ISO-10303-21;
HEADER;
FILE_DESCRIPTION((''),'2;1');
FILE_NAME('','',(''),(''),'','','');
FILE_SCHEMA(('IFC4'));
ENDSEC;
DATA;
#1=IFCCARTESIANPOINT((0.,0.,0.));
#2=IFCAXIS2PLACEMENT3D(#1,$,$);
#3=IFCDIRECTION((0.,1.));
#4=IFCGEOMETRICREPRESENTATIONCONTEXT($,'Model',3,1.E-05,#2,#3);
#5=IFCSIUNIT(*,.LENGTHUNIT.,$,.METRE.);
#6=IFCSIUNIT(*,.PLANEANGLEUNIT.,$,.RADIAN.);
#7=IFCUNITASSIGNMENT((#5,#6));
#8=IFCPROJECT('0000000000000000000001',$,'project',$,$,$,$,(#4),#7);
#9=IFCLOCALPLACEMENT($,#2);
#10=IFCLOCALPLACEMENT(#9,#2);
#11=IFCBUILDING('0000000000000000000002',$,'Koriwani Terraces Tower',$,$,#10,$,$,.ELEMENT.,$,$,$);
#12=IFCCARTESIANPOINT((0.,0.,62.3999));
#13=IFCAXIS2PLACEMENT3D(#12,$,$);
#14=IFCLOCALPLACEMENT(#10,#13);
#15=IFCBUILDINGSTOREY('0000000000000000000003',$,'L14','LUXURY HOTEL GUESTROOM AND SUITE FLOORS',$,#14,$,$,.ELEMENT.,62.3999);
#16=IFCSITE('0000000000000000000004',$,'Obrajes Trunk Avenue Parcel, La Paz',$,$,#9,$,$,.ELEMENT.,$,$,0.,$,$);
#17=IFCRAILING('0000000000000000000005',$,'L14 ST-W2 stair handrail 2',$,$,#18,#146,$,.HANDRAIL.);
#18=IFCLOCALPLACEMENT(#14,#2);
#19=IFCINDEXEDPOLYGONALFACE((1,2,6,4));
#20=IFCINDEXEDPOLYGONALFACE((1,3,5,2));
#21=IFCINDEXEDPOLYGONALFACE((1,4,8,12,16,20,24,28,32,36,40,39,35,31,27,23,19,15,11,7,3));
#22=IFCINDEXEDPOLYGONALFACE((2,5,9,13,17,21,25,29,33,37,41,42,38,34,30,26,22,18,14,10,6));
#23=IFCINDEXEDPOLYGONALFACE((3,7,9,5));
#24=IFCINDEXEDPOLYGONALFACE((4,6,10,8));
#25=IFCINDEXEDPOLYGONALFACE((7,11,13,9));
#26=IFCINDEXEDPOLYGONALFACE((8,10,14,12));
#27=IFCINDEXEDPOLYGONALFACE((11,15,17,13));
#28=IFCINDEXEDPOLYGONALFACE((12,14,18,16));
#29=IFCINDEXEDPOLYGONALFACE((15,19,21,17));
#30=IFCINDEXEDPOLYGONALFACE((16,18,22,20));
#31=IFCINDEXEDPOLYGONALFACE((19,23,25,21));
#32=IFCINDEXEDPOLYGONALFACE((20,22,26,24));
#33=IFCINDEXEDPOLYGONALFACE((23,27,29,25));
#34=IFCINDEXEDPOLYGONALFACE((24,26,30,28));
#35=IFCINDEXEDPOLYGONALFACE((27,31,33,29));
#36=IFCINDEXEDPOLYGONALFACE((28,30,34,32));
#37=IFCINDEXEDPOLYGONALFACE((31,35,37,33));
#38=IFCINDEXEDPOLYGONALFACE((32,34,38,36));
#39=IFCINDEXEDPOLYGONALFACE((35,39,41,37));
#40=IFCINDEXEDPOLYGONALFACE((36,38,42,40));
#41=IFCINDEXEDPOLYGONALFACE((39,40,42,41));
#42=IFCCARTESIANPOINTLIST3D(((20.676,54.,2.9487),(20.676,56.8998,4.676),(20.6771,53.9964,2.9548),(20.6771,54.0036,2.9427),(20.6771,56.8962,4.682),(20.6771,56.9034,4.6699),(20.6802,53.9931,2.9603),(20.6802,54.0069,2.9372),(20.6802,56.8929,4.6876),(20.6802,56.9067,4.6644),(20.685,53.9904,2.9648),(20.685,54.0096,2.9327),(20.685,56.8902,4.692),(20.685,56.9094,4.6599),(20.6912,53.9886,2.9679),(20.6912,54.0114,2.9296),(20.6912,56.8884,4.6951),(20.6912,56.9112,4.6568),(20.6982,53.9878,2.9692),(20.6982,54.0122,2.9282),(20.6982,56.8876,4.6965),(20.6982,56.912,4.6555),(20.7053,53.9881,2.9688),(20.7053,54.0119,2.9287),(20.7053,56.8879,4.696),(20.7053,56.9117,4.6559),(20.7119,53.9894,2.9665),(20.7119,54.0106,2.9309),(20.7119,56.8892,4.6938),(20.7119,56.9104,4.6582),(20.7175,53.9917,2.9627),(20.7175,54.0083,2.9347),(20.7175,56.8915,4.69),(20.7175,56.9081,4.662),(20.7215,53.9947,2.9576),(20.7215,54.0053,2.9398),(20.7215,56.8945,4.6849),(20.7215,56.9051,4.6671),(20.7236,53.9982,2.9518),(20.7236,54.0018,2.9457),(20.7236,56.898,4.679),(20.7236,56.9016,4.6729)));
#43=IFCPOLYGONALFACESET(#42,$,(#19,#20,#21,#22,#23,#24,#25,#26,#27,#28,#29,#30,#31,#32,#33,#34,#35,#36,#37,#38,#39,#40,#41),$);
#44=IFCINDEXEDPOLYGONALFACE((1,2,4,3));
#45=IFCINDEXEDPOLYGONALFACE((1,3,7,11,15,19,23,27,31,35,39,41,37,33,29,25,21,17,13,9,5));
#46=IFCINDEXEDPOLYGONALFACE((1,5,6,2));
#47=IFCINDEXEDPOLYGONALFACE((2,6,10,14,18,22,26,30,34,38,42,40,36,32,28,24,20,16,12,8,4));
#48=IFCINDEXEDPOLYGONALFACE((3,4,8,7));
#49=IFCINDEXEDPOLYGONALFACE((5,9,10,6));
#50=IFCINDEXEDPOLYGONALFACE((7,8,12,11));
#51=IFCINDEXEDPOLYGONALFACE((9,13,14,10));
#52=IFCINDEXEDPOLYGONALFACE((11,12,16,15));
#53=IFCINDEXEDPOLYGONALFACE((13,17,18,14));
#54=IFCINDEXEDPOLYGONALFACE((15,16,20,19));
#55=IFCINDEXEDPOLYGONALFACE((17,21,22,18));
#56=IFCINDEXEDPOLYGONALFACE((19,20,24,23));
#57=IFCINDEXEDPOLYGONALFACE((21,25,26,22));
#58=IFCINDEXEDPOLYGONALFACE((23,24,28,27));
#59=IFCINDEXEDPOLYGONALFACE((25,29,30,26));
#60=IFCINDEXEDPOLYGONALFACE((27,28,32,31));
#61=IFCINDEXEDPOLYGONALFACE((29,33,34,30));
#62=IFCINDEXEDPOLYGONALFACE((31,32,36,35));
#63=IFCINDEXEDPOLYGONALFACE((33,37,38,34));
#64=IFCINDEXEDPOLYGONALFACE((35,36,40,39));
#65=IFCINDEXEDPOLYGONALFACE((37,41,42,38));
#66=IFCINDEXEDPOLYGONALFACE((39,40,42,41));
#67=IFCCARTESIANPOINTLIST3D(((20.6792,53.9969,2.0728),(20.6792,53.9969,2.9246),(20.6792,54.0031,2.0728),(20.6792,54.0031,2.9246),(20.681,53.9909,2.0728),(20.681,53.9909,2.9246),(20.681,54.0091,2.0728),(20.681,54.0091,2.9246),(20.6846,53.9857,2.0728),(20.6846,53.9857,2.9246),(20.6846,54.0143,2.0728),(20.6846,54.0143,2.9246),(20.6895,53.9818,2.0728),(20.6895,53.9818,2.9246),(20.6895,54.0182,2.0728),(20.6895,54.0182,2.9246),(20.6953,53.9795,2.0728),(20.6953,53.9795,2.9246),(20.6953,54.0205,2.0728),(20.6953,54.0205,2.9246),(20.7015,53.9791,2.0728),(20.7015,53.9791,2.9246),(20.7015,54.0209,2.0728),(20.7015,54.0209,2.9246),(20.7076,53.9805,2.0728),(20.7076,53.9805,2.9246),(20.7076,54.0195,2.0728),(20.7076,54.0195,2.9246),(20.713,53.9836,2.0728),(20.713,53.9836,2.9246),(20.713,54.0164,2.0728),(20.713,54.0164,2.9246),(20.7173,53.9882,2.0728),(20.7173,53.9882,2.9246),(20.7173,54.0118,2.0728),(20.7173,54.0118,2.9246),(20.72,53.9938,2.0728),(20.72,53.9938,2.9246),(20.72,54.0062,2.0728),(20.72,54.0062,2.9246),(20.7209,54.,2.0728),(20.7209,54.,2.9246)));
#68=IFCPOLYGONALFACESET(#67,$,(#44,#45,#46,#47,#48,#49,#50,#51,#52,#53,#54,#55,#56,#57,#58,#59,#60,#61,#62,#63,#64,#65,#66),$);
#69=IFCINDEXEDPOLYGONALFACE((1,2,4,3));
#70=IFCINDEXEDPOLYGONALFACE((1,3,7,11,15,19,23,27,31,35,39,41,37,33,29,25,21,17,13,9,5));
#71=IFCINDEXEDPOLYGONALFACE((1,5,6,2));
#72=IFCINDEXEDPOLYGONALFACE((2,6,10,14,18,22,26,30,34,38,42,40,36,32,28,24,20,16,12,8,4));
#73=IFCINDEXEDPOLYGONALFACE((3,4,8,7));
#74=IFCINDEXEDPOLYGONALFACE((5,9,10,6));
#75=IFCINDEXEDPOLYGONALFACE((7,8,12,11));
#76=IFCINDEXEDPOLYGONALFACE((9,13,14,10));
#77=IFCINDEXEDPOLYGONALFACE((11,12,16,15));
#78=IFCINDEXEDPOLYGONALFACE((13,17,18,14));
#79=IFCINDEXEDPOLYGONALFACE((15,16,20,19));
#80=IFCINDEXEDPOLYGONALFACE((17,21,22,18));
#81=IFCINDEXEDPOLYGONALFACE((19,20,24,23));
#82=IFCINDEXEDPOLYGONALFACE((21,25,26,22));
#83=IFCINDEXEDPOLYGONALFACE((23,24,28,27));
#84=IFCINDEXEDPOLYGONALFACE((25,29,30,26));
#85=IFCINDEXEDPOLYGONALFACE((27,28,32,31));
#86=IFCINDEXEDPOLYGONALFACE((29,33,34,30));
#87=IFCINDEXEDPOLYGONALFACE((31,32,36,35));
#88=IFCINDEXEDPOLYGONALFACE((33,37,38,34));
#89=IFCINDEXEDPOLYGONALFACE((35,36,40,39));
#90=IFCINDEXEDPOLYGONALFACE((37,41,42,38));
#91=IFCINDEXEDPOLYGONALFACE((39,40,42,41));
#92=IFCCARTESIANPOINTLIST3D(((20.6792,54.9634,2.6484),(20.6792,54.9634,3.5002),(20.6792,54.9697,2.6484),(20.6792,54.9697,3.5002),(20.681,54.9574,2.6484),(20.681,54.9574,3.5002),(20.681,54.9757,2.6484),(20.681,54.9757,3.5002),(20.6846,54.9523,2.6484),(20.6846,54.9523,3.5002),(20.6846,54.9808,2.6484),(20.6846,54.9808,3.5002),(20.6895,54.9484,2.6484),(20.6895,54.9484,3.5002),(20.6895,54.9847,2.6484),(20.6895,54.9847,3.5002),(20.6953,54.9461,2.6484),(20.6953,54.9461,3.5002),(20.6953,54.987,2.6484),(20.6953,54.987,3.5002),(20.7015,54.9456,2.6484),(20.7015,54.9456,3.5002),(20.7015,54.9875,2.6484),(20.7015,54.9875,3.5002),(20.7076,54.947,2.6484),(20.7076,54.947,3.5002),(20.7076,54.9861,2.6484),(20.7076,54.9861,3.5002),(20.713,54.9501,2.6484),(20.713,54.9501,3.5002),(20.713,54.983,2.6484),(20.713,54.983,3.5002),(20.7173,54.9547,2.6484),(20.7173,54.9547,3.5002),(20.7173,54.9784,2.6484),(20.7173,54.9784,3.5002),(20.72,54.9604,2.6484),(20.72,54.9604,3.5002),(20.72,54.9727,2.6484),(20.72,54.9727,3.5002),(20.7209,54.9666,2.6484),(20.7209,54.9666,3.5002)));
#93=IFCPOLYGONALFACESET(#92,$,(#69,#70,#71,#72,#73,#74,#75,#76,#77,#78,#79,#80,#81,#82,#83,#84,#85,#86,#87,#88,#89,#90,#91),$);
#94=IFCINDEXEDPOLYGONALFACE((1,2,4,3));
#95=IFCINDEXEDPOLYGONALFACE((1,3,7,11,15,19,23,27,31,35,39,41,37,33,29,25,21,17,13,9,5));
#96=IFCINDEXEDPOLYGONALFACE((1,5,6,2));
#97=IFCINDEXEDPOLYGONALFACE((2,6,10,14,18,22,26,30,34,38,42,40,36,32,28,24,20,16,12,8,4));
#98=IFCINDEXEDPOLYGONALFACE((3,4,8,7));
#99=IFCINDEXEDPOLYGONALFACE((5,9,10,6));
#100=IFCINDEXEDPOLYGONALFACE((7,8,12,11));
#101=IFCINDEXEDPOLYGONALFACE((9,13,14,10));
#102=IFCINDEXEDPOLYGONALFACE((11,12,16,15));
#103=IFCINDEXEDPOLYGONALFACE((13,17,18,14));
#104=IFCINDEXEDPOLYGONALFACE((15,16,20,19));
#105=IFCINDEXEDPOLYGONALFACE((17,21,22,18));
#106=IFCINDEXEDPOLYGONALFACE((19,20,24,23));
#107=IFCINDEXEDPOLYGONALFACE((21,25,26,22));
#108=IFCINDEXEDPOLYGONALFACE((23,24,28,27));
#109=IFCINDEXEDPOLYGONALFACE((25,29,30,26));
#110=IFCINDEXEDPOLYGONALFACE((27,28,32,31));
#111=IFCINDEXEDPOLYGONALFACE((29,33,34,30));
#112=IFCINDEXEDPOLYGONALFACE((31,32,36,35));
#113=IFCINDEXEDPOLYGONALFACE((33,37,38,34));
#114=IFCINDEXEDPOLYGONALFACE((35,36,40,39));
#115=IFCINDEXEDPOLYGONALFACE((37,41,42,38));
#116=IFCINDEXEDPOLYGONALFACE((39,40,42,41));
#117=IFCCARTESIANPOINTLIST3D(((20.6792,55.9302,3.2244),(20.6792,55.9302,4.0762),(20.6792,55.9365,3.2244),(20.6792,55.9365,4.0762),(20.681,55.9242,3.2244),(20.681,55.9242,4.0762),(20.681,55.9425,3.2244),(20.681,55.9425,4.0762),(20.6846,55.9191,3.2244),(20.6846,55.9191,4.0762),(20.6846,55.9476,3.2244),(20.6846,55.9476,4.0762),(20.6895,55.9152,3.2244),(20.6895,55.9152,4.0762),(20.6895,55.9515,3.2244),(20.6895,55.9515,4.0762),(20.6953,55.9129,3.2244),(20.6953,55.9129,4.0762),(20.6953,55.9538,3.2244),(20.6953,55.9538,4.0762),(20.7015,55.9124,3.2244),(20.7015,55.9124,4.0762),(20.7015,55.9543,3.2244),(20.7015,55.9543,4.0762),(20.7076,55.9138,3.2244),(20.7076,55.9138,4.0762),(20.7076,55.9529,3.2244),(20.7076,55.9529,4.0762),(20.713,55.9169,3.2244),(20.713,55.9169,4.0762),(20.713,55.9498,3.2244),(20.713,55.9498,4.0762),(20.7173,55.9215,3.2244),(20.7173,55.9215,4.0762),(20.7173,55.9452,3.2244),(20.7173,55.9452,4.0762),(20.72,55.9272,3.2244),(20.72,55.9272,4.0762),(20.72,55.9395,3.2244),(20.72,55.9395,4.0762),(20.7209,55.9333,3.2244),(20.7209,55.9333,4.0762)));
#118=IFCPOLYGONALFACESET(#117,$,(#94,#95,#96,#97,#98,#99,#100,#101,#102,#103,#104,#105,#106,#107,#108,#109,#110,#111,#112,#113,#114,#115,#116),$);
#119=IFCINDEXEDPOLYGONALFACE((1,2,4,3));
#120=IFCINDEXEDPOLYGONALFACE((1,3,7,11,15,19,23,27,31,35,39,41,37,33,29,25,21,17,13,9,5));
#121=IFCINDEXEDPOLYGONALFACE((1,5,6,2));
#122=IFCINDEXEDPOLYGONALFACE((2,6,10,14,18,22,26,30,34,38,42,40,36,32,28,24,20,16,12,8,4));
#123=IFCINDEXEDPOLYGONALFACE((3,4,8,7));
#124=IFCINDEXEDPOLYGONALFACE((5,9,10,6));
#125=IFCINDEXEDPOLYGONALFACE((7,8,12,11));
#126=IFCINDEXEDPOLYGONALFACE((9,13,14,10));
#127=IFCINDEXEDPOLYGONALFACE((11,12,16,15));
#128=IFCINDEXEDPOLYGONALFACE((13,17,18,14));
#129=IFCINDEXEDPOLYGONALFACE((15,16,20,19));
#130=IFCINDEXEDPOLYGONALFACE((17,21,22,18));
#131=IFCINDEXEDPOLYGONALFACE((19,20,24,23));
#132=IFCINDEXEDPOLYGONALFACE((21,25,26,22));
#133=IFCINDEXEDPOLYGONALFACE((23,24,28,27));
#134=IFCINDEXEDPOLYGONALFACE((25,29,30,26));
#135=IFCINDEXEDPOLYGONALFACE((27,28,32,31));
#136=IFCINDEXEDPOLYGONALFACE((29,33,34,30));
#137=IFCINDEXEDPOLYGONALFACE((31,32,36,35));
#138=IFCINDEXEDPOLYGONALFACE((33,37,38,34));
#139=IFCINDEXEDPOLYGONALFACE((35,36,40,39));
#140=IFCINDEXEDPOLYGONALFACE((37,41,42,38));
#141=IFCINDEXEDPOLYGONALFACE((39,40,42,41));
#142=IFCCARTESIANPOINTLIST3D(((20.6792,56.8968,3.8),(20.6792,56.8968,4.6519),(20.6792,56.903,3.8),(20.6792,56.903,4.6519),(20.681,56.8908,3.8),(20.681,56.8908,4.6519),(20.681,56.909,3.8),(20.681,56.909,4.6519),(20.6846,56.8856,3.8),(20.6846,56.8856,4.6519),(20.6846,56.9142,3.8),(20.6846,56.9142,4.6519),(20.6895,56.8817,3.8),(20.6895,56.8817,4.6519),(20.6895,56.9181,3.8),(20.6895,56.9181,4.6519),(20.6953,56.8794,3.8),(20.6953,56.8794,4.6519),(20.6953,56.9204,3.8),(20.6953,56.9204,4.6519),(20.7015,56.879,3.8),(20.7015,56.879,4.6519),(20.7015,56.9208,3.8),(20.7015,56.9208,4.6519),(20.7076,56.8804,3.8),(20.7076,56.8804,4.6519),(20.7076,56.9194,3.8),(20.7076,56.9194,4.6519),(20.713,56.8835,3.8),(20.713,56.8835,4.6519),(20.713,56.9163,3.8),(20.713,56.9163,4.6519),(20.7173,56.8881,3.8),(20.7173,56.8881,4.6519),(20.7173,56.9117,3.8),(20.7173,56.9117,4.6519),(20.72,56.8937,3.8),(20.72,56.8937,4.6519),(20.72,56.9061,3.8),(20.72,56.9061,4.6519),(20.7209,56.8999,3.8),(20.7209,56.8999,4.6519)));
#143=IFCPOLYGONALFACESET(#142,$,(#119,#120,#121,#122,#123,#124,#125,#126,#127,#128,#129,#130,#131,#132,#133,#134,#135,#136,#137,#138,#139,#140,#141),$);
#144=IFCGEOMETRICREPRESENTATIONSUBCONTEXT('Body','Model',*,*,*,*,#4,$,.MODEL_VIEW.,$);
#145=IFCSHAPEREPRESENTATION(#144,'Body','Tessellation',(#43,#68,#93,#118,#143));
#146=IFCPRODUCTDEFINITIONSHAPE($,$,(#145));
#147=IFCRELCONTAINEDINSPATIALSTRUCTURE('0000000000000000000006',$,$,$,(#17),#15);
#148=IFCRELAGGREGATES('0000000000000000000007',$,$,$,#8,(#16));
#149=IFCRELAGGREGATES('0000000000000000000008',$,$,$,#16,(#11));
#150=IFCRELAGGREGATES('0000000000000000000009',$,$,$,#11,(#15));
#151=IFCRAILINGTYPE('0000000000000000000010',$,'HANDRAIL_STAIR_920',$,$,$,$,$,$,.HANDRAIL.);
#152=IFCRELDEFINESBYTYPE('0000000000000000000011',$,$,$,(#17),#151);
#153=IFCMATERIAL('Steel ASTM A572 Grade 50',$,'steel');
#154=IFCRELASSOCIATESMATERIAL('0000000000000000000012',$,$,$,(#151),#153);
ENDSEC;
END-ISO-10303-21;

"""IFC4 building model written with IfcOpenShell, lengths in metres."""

from ifc_helpers import new_model, si_unit, direction, frame, origin, origin_2d, place, context, subcontext, project, spatial, circle, extrude, material, type_object, element, save


model = new_model("IFC4")

# Units and contexts
model_context = context("Model", 3, precision=1e-05, world=origin(), true_north=direction((0.0, 1.0)))
body_context = subcontext(model_context, "Body", "Model", "MODEL_VIEW")
ifc_project = project(units=[si_unit("LENGTHUNIT", "METRE"), si_unit("PLANEANGLEUNIT", "RADIAN")], contexts=[model_context])

# Site, building, storey
site_placement = place(None, origin())
site = spatial("IfcSite", under=ifc_project, at=site_placement, Name="Obrajes Trunk Avenue Parcel, La Paz", CompositionType="ELEMENT", RefElevation=0.0)
building_placement = place(site_placement, origin())
building = spatial("IfcBuilding", under=site, at=building_placement, Name="Koriwani Terraces Tower", CompositionType="ELEMENT")
storey_placement = place(building_placement, frame((0.0, 0.0, 62.3999)))
storey = spatial("IfcBuildingStorey", under=building, at=storey_placement, Name="L14", Description="LUXURY HOTEL GUESTROOM AND SUITE FLOORS", CompositionType="ELEMENT", Elevation=62.3999)

# Shared definitions
ifc_material_1 = material(Name="Steel ASTM A572 Grade 50", Category="steel")

# Railing
railing_type_1 = type_object("IfcRailingType", Name="HANDRAIL_STAIR_920", PredefinedType="HANDRAIL", material=ifc_material_1)
railing_1_placement = place(storey_placement, frame((20.7, 54.0, 2.0728)))
element("IfcRailing", 1, at=railing_1_placement, inside=storey, type_object=railing_type_1, Name="L14 ST-W2 stair handrail 2", PredefinedType="HANDRAIL", context=body_context, shape_type="SweptSolid", body=[
    extrude(circle(Radius=0.0239, at=origin_2d()), frame((0.0, 0.0, 0.876), z_axis=(0.0, 0.859141, 0.511738), x_axis=(-1.0, 0.0, 0.0)), (0.0, 0.0, 1.0), 3.3752),
    extrude(circle(Radius=0.021, at=origin_2d()), origin(), (0.0, 0.0, 1.0), 0.8518),
    extrude(circle(Radius=0.021, at=origin_2d()), frame((0.0, 0.9666, 0.5757)), (0.0, 0.0, 1.0), 0.8518),
    extrude(circle(Radius=0.021, at=origin_2d()), frame((0.0, 1.9333, 1.1516)), (0.0, 0.0, 1.0), 0.8518),
    extrude(circle(Radius=0.021, at=origin_2d()), frame((0.0, 2.8999, 1.7273)), (0.0, 0.0, 1.0), 0.8518),
])

save(model, "model.ifc")
